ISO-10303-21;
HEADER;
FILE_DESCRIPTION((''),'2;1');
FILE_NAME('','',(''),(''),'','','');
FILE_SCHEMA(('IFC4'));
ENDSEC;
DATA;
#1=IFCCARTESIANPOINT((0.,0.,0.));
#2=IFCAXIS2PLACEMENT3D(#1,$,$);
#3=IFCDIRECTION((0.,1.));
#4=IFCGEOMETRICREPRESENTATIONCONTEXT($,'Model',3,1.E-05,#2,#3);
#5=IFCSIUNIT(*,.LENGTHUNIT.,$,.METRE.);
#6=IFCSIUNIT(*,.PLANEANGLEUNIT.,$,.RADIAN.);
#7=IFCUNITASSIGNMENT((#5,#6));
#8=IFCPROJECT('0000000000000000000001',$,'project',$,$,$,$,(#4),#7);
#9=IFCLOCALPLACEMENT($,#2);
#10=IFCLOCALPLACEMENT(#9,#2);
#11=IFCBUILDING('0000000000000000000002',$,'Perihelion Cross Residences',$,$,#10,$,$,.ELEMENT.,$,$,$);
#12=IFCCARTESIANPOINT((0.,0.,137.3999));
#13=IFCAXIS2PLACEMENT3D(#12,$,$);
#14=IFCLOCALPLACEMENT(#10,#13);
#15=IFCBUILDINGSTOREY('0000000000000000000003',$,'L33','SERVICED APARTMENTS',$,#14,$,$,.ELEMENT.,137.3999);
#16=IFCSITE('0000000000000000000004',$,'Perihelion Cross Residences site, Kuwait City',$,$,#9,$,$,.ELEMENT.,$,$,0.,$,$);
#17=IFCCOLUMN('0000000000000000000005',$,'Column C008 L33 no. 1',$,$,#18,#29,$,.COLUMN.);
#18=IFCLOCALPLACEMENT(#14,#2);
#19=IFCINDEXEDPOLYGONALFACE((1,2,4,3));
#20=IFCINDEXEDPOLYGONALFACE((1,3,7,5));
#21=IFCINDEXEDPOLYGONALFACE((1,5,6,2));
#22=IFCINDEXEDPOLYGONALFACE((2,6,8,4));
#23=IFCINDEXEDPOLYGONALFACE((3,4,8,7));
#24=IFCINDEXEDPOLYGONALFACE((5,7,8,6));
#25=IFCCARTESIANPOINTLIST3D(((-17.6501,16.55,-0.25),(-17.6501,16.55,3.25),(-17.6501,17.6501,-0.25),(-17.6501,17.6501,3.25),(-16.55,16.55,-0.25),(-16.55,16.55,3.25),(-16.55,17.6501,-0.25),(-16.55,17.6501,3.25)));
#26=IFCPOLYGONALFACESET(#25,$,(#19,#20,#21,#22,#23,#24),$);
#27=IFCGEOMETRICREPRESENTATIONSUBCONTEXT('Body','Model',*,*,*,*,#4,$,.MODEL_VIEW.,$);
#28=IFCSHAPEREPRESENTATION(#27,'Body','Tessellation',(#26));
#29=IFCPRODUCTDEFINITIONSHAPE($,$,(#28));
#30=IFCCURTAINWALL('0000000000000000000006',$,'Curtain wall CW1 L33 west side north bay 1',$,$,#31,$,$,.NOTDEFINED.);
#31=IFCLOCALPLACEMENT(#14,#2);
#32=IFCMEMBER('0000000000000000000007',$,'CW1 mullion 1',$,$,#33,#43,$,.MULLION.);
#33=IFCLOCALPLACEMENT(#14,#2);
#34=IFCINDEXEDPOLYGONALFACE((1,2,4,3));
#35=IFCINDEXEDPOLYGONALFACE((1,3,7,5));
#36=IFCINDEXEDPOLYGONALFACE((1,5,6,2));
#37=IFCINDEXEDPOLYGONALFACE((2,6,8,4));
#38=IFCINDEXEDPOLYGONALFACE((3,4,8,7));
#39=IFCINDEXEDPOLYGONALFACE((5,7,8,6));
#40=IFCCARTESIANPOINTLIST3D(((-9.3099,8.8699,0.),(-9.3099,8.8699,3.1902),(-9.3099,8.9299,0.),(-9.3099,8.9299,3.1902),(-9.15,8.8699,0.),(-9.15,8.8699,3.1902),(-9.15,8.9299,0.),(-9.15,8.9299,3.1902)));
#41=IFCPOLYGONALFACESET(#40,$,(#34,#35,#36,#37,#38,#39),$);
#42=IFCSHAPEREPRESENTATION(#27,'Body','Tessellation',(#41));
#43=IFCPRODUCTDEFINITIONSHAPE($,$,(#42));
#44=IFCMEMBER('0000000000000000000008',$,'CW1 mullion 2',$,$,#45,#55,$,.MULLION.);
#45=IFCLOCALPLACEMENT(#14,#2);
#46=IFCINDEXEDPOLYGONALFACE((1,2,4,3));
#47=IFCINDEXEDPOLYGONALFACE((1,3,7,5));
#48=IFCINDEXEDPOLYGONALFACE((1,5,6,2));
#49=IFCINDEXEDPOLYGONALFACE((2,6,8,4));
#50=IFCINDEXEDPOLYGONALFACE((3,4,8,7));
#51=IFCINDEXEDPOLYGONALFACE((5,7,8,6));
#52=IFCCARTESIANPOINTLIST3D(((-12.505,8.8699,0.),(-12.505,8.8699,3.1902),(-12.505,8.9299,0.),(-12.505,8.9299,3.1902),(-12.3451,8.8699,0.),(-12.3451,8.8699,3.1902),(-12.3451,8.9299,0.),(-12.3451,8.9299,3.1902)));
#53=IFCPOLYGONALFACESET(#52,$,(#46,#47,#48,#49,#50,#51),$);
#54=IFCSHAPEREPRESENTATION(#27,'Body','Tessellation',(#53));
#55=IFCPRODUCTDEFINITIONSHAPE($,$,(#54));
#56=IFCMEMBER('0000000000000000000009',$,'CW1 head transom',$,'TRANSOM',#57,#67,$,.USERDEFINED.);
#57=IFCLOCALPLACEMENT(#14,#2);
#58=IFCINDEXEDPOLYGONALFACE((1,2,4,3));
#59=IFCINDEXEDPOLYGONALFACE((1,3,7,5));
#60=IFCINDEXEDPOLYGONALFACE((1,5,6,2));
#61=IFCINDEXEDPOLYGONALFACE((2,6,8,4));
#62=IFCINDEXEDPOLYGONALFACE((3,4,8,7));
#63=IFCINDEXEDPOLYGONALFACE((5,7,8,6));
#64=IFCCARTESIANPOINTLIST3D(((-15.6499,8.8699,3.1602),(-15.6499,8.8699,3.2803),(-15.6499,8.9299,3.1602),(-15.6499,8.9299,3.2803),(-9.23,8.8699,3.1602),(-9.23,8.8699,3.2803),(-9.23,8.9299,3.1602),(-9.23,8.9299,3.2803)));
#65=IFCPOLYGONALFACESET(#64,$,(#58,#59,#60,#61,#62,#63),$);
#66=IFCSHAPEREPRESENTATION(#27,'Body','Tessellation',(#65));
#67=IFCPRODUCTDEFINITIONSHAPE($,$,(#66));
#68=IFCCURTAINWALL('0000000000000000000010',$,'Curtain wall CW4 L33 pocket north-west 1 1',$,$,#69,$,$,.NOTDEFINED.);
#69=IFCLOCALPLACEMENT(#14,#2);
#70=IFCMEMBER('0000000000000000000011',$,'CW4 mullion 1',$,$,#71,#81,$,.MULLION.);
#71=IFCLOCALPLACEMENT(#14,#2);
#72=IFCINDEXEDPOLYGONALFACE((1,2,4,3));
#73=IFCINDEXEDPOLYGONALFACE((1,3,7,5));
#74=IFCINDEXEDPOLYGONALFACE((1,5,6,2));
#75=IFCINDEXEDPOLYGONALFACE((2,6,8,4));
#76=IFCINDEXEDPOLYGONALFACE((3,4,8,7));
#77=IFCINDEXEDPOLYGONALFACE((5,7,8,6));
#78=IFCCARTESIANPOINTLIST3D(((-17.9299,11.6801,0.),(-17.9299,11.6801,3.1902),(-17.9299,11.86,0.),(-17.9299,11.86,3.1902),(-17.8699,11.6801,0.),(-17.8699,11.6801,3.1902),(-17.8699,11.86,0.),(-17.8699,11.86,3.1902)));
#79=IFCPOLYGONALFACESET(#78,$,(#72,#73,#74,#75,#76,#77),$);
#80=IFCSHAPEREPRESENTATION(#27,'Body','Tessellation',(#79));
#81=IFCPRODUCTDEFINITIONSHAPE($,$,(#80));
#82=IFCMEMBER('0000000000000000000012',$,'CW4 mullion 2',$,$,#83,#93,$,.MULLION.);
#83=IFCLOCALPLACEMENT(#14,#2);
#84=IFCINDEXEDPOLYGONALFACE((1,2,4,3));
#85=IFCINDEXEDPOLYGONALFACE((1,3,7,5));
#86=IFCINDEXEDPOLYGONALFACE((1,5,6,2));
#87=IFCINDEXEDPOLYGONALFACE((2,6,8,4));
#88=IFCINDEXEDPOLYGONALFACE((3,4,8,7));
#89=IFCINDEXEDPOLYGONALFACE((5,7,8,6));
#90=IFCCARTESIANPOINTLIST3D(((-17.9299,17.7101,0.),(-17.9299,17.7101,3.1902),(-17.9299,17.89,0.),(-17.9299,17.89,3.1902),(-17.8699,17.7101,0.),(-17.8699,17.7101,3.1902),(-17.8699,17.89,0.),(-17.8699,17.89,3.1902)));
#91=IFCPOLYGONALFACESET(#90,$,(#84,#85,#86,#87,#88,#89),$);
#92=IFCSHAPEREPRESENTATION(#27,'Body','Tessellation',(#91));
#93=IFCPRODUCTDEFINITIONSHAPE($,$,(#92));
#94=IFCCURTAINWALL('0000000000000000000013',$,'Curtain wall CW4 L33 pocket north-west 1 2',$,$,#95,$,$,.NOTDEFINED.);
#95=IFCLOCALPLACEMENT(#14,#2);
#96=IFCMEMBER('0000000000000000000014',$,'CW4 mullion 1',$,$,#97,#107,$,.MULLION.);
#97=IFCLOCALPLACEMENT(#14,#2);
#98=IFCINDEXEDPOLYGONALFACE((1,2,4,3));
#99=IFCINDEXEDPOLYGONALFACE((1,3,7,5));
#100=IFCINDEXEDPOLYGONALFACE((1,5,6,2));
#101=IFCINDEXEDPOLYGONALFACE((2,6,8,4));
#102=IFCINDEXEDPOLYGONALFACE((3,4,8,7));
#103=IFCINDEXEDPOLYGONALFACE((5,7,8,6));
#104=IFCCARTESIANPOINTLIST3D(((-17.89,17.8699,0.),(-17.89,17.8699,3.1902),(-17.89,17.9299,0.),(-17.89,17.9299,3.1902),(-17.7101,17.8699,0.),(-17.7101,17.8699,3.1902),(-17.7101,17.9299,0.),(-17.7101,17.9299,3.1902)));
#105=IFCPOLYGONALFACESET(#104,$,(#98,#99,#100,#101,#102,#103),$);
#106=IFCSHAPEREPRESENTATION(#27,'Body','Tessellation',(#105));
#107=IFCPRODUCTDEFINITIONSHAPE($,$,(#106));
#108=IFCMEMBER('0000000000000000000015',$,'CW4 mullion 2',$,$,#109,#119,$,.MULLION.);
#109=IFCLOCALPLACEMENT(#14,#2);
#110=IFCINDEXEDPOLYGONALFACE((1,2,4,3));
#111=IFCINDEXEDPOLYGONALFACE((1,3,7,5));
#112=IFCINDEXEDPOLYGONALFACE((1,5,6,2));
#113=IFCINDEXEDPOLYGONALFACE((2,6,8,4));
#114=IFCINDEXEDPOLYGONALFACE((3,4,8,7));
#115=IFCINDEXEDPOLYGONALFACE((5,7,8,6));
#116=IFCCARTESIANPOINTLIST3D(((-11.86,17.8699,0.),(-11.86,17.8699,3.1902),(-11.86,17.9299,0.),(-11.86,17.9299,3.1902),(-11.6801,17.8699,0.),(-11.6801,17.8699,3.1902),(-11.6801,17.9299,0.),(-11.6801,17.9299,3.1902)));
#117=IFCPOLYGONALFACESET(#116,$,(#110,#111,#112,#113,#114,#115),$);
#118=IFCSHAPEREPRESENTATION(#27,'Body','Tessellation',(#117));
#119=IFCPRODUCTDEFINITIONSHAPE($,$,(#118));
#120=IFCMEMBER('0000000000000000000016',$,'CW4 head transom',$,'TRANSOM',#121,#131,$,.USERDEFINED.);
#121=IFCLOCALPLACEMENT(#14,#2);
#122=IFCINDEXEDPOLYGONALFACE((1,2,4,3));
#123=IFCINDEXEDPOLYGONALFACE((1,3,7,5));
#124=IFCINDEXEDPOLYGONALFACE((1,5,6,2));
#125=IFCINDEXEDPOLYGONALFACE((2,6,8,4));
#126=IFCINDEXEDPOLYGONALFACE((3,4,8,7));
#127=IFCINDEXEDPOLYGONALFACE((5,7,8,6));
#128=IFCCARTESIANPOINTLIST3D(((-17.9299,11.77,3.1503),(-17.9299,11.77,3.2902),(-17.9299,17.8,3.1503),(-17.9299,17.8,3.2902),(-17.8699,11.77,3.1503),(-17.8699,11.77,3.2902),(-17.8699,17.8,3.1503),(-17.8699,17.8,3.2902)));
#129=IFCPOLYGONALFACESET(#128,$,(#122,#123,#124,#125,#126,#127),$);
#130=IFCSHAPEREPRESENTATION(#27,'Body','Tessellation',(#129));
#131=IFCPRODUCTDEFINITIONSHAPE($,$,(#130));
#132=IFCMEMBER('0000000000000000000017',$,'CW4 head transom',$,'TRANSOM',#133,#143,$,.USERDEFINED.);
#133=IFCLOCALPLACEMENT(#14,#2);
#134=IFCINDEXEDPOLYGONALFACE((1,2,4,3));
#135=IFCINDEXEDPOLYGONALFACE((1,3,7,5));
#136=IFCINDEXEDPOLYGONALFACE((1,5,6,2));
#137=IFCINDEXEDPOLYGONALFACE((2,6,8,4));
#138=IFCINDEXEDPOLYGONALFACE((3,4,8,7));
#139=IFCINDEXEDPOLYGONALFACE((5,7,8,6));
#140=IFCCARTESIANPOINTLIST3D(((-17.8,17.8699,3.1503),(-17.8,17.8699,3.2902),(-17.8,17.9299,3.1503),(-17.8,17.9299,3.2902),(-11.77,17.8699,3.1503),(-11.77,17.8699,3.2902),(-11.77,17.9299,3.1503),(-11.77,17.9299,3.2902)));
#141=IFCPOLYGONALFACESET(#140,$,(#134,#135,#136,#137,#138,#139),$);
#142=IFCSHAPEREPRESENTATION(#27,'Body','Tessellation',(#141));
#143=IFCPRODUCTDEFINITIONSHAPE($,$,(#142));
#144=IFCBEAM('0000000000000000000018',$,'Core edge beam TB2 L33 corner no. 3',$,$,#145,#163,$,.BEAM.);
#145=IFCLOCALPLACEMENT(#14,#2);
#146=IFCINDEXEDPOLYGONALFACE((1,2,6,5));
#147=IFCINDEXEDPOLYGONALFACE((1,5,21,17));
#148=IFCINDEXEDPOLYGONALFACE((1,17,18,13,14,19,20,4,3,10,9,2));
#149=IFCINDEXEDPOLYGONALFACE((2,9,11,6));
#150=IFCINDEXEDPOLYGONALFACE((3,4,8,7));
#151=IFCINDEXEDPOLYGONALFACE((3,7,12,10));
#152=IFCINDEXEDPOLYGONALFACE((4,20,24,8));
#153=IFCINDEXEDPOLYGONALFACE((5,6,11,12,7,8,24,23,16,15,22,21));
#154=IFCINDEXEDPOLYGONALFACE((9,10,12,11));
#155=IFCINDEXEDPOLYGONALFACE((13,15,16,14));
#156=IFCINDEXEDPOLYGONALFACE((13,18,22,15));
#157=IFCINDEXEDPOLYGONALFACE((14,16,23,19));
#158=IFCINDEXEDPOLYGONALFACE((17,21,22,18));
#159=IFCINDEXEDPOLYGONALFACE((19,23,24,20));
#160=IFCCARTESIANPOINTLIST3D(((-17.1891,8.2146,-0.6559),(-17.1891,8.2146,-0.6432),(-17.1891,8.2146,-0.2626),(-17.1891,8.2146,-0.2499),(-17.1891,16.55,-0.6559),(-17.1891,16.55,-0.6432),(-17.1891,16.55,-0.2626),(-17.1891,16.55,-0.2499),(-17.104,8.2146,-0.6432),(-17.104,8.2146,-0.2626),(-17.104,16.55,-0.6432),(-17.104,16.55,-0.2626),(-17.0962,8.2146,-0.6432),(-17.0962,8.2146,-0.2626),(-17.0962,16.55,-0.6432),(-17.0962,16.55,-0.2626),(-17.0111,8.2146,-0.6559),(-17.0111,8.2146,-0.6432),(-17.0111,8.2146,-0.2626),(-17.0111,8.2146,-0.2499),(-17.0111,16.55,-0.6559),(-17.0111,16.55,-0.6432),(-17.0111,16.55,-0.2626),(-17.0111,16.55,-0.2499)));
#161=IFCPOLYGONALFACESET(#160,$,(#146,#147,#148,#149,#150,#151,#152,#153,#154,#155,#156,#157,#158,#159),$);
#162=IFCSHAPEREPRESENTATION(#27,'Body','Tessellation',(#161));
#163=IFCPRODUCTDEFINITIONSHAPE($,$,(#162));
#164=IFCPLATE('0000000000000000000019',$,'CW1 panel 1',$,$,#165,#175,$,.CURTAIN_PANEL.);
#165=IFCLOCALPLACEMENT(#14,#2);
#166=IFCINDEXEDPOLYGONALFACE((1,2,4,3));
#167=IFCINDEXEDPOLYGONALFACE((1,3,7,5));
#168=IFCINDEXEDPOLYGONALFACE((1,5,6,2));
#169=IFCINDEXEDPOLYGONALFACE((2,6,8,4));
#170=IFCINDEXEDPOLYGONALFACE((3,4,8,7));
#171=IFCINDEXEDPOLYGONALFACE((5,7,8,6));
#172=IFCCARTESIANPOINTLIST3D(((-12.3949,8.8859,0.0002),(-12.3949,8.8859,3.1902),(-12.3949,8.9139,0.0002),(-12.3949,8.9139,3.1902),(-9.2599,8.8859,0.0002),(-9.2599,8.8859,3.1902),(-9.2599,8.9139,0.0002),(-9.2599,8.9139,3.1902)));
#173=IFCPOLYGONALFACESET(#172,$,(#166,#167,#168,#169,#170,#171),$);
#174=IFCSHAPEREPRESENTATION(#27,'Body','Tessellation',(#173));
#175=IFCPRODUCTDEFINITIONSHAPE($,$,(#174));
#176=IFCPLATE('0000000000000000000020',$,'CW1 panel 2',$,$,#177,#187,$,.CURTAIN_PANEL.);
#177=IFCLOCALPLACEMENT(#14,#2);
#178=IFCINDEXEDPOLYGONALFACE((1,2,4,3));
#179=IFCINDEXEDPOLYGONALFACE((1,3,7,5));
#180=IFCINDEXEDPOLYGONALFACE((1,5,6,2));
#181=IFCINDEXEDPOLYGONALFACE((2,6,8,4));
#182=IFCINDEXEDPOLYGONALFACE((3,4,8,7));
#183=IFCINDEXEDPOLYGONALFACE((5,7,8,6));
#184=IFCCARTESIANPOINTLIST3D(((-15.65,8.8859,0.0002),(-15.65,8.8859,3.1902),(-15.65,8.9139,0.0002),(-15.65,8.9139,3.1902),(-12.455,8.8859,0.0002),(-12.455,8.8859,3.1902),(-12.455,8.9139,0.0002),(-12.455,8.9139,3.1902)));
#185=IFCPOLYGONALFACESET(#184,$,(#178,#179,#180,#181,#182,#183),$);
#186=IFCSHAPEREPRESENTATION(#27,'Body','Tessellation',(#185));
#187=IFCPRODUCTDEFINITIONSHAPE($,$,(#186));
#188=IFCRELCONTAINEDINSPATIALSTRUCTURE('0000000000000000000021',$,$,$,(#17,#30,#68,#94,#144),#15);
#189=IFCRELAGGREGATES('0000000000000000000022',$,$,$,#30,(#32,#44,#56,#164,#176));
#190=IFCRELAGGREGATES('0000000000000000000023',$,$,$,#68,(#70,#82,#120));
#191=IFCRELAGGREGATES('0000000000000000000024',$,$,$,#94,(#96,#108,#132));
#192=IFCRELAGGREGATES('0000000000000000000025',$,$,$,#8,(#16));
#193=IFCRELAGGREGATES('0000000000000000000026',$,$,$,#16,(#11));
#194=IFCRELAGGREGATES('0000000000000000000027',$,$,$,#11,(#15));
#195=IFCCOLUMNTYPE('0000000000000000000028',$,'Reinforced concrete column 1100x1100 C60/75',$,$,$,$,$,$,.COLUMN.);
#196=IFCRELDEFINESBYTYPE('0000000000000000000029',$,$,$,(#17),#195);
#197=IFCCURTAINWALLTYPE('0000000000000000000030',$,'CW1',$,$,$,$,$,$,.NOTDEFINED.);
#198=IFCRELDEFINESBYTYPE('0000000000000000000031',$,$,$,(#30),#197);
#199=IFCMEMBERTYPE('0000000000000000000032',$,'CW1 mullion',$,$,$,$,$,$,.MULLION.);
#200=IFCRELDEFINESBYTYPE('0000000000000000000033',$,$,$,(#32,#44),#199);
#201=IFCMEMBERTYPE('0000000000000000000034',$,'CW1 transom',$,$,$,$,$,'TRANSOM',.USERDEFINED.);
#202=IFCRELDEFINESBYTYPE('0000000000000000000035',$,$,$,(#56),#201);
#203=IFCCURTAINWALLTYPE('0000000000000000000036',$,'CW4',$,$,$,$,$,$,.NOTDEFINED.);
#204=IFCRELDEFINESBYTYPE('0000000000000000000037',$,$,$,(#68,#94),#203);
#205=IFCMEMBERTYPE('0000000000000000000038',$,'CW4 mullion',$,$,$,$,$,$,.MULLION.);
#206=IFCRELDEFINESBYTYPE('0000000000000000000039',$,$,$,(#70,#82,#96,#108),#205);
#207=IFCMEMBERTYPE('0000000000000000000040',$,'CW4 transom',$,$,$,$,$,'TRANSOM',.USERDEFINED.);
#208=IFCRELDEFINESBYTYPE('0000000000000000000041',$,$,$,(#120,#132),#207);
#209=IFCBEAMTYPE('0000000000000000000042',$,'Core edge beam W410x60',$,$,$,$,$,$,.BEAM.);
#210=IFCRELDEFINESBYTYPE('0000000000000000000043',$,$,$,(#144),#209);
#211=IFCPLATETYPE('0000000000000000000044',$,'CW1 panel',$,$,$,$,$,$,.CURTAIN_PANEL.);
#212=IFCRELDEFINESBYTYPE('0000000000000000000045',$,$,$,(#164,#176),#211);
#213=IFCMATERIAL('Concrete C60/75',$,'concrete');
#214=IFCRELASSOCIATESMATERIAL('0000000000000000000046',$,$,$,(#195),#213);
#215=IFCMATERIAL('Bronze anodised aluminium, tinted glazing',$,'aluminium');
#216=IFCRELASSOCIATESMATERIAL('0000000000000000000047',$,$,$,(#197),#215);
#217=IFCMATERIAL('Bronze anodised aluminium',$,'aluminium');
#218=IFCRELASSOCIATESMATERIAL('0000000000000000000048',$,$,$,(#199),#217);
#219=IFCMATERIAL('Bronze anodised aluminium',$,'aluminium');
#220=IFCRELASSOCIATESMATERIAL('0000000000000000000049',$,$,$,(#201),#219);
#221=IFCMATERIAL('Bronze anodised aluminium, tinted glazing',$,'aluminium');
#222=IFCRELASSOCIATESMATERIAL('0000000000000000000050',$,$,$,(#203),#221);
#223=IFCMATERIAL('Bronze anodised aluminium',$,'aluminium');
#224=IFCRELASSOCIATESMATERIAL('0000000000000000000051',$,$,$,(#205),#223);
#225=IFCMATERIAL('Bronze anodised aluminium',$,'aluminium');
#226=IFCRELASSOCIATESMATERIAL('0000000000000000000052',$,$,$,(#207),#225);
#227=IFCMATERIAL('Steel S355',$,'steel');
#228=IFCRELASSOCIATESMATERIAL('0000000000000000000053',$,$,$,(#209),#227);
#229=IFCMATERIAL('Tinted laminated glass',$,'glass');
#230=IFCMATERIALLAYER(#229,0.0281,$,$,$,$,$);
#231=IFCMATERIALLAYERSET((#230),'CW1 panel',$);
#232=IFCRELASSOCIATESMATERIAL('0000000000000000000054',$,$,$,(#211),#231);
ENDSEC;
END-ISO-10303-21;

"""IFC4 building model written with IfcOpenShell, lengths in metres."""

from ifc_helpers import new_model, si_unit, direction, frame, origin, origin_2d, place, context, subcontext, project, spatial, rectangle, i_section, extrude, material, layer, layer_set, material_profile, profile_set, type_object, element, aggregate, save


model = new_model("IFC4")

# Units and contexts
model_context = context("Model", 3, precision=1e-05, world=origin(), true_north=direction((0.0, 1.0)))
body_context = subcontext(model_context, "Body", "Model", "MODEL_VIEW")
ifc_project = project(units=[si_unit("LENGTHUNIT", "METRE"), si_unit("PLANEANGLEUNIT", "RADIAN")], contexts=[model_context])

# Site, building, storey
site_placement = place(None, origin())
site = spatial("IfcSite", under=ifc_project, at=site_placement, Name="Perihelion Cross Residences site, Kuwait City", CompositionType="ELEMENT", RefElevation=0.0)
building_placement = place(site_placement, origin())
building = spatial("IfcBuilding", under=site, at=building_placement, Name="Perihelion Cross Residences", CompositionType="ELEMENT")
storey_placement = place(building_placement, frame((0.0, 0.0, 137.3999)))
storey = spatial("IfcBuildingStorey", under=building, at=storey_placement, Name="L33", Description="SERVICED APARTMENTS", CompositionType="ELEMENT", Elevation=137.3999)

# Column
ifc_material_1 = material(Name="Concrete C60/75", Category="concrete")
ifc_material_profile_1 = material_profile(ifc_material_1, rectangle(XDim=1.1001, YDim=1.1001, at=origin_2d()), Name="RC 1100x1100")
ifc_profile_set_1 = profile_set([ifc_material_profile_1], Name="Concrete C60/75")
column_type = type_object("IfcColumnType", Name="Reinforced concrete column 1100x1100 C60/75", PredefinedType="COLUMN", material=ifc_profile_set_1)
column_placement = place(storey_placement, frame((-17.1001, 17.1001, -0.25), z_axis=(0.0, 0.0, 1.0), x_axis=(1.0, 0.0, 0.0)))
element("IfcColumn", 1, at=column_placement, inside=storey, type_object=column_type, Name="Column C008 L33 no. 1", PredefinedType="COLUMN", context=body_context, shape_type="SweptSolid", body=[
    extrude(rectangle(XDim=1.1001, YDim=1.1001, at=origin_2d()), origin(), (0.0, 0.0, 1.0), 3.5),
])

# Curtain walls, members
ifc_material_2 = material(Name="Bronze anodised aluminium, tinted glazing", Category="aluminium")
curtain_wall_type_1 = type_object("IfcCurtainWallType", Name="CW1", PredefinedType="NOTDEFINED", material=ifc_material_2)
curtain_wall_1_placement = place(storey_placement, origin())
curtain_wall_1 = element("IfcCurtainWall", 2, at=curtain_wall_1_placement, inside=storey, type_object=curtain_wall_type_1, Name="Curtain wall CW1 L33 west side north bay 1", PredefinedType="NOTDEFINED")
ifc_material_3 = material(Name="Bronze anodised aluminium", Category="aluminium")
ifc_material_profile_2 = material_profile(ifc_material_3, rectangle(XDim=0.0601, YDim=0.1599, at=origin_2d()), Name="CW1 mullion")
ifc_profile_set_2 = profile_set([ifc_material_profile_2], Name="Bronze anodised aluminium")
member_type_1 = type_object("IfcMemberType", Name="CW1 mullion", PredefinedType="MULLION", material=ifc_profile_set_2)
member_1_placement = place(storey_placement, frame((-9.23, 8.8999, 0.0), z_axis=(0.0, 0.0, 1.0), x_axis=(0.0, -1.0, 0.0)))
member_1 = element("IfcMember", 3, at=member_1_placement, type_object=member_type_1, Name="CW1 mullion 1", PredefinedType="MULLION", context=body_context, shape_type="SweptSolid", body=[
    extrude(rectangle(XDim=0.0601, YDim=0.1599, at=origin_2d()), origin(), (0.0, 0.0, 1.0), 3.1902),
])
member_2_placement = place(storey_placement, frame((-12.425, 8.8999, 0.0), z_axis=(0.0, 0.0, 1.0), x_axis=(0.0, -1.0, 0.0)))
member_2 = element("IfcMember", 4, at=member_2_placement, type_object=member_type_1, Name="CW1 mullion 2", PredefinedType="MULLION", context=body_context, shape_type="SweptSolid", body=[
    extrude(rectangle(XDim=0.0601, YDim=0.1599, at=origin_2d()), origin(), (0.0, 0.0, 1.0), 3.1902),
])
ifc_material_4 = material(Name="Bronze anodised aluminium", Category="aluminium")
ifc_material_profile_3 = material_profile(ifc_material_4, rectangle(XDim=0.0601, YDim=0.1201, at=origin_2d()), Name="CW1 transom")
ifc_profile_set_3 = profile_set([ifc_material_profile_3], Name="Bronze anodised aluminium")
member_type_2 = type_object("IfcMemberType", Name="CW1 transom", ElementType="TRANSOM", PredefinedType="USERDEFINED", material=ifc_profile_set_3)
member_3_placement = place(storey_placement, frame((-9.23, 8.8999, 3.2202), z_axis=(-1.0, 0.0, 0.0), x_axis=(0.0, -1.0, 0.0)))
member_3 = element("IfcMember", 5, at=member_3_placement, type_object=member_type_2, Name="CW1 head transom", ObjectType="TRANSOM", PredefinedType="USERDEFINED", context=body_context, shape_type="SweptSolid", body=[
    extrude(rectangle(XDim=0.0601, YDim=0.1201, at=origin_2d()), origin(), (0.0, 0.0, 1.0), 6.4199),
])
ifc_material_5 = material(Name="Bronze anodised aluminium, tinted glazing", Category="aluminium")
curtain_wall_type_2 = type_object("IfcCurtainWallType", Name="CW4", PredefinedType="NOTDEFINED", material=ifc_material_5)
curtain_wall_2_placement = place(storey_placement, origin())
curtain_wall_2 = element("IfcCurtainWall", 6, at=curtain_wall_2_placement, inside=storey, type_object=curtain_wall_type_2, Name="Curtain wall CW4 L33 pocket north-west 1 1", PredefinedType="NOTDEFINED")
ifc_material_6 = material(Name="Bronze anodised aluminium", Category="aluminium")
ifc_material_profile_4 = material_profile(ifc_material_6, rectangle(XDim=0.0601, YDim=0.1799, at=origin_2d()), Name="CW4 mullion")
ifc_profile_set_4 = profile_set([ifc_material_profile_4], Name="Bronze anodised aluminium")
member_type_3 = type_object("IfcMemberType", Name="CW4 mullion", PredefinedType="MULLION", material=ifc_profile_set_4)
member_4_placement = place(storey_placement, frame((-17.8999, 11.77, 0.0), z_axis=(0.0, 0.0, 1.0), x_axis=(-1.0, 0.0, 0.0)))
member_4 = element("IfcMember", 7, at=member_4_placement, type_object=member_type_3, Name="CW4 mullion 1", PredefinedType="MULLION", context=body_context, shape_type="SweptSolid", body=[
    extrude(rectangle(XDim=0.0601, YDim=0.1799, at=origin_2d()), origin(), (0.0, 0.0, 1.0), 3.1902),
])
member_5_placement = place(storey_placement, frame((-17.8999, 17.8, 0.0), z_axis=(0.0, 0.0, 1.0), x_axis=(-1.0, 0.0, 0.0)))
member_5 = element("IfcMember", 8, at=member_5_placement, type_object=member_type_3, Name="CW4 mullion 2", PredefinedType="MULLION", context=body_context, shape_type="SweptSolid", body=[
    extrude(rectangle(XDim=0.0601, YDim=0.1799, at=origin_2d()), origin(), (0.0, 0.0, 1.0), 3.1902),
])
curtain_wall_3_placement = place(storey_placement, origin())
curtain_wall_3 = element("IfcCurtainWall", 9, at=curtain_wall_3_placement, inside=storey, type_object=curtain_wall_type_2, Name="Curtain wall CW4 L33 pocket north-west 1 2", PredefinedType="NOTDEFINED")
member_6_placement = place(storey_placement, frame((-17.8, 17.8999, 0.0), z_axis=(0.0, 0.0, 1.0), x_axis=(0.0, 1.0, 0.0)))
member_6 = element("IfcMember", 10, at=member_6_placement, type_object=member_type_3, Name="CW4 mullion 1", PredefinedType="MULLION", context=body_context, shape_type="SweptSolid", body=[
    extrude(rectangle(XDim=0.0601, YDim=0.1799, at=origin_2d()), origin(), (0.0, 0.0, 1.0), 3.1902),
])
member_7_placement = place(storey_placement, frame((-11.77, 17.8999, 0.0), z_axis=(0.0, 0.0, 1.0), x_axis=(0.0, 1.0, 0.0)))
member_7 = element("IfcMember", 11, at=member_7_placement, type_object=member_type_3, Name="CW4 mullion 2", PredefinedType="MULLION", context=body_context, shape_type="SweptSolid", body=[
    extrude(rectangle(XDim=0.0601, YDim=0.1799, at=origin_2d()), origin(), (0.0, 0.0, 1.0), 3.1902),
])

# Members
ifc_material_7 = material(Name="Bronze anodised aluminium", Category="aluminium")
ifc_material_profile_5 = material_profile(ifc_material_7, rectangle(XDim=0.0601, YDim=0.1399, at=origin_2d()), Name="CW4 transom")
ifc_profile_set_5 = profile_set([ifc_material_profile_5], Name="Bronze anodised aluminium")
member_type_4 = type_object("IfcMemberType", Name="CW4 transom", ElementType="TRANSOM", PredefinedType="USERDEFINED", material=ifc_profile_set_5)
member_8_placement = place(storey_placement, frame((-17.8999, 11.77, 3.2202), z_axis=(0.0, 1.0, 0.0), x_axis=(-1.0, 0.0, 0.0)))
member_8 = element("IfcMember", 12, at=member_8_placement, type_object=member_type_4, Name="CW4 head transom", ObjectType="TRANSOM", PredefinedType="USERDEFINED", context=body_context, shape_type="SweptSolid", body=[
    extrude(rectangle(XDim=0.0601, YDim=0.1399, at=origin_2d()), origin(), (0.0, 0.0, 1.0), 6.03),
])
member_9_placement = place(storey_placement, frame((-17.8, 17.8999, 3.2202), z_axis=(1.0, 0.0, 0.0), x_axis=(0.0, 1.0, 0.0)))
member_9 = element("IfcMember", 13, at=member_9_placement, type_object=member_type_4, Name="CW4 head transom", ObjectType="TRANSOM", PredefinedType="USERDEFINED", context=body_context, shape_type="SweptSolid", body=[
    extrude(rectangle(XDim=0.0601, YDim=0.1399, at=origin_2d()), origin(), (0.0, 0.0, 1.0), 6.03),
])

# Beam
ifc_material_8 = material(Name="Steel S355", Category="steel")
ifc_material_profile_6 = material_profile(ifc_material_8, i_section(OverallWidth=0.178, OverallDepth=0.406, WebThickness=0.0078, FlangeThickness=0.0127, at=origin_2d()), Name="W410x60")
ifc_profile_set_6 = profile_set([ifc_material_profile_6], Name="Steel S355")
beam_type = type_object("IfcBeamType", Name="Core edge beam W410x60", PredefinedType="BEAM", material=ifc_profile_set_6)
beam_placement = place(storey_placement, frame((-17.1001, 8.2146, -0.4529), z_axis=(0.0, 1.0, 0.0), x_axis=(-1.0, 0.0, 0.0)))
element("IfcBeam", 14, at=beam_placement, inside=storey, type_object=beam_type, Name="Core edge beam TB2 L33 corner no. 3", PredefinedType="BEAM", context=body_context, shape_type="SweptSolid", body=[
    extrude(i_section(OverallWidth=0.178, OverallDepth=0.406, WebThickness=0.0078, FlangeThickness=0.0127, at=origin_2d()), origin(), (0.0, 0.0, 1.0), 8.3354),
])

# Plates
ifc_material_9 = material(Name="Tinted laminated glass", Category="glass")
ifc_layer_1 = layer(ifc_material_9, 0.0281)
ifc_layer_set_1 = layer_set([ifc_layer_1], Name="CW1 panel")
plate_type_1 = type_object("IfcPlateType", Name="CW1 panel", PredefinedType="CURTAIN_PANEL", material=ifc_layer_set_1)
plate_1_placement = place(storey_placement, frame((-10.8274, 8.8999, 0.0002), z_axis=(0.0, 0.0, 1.0), x_axis=(-1.0, 0.0, 0.0)))
plate_1 = element("IfcPlate", 15, at=plate_1_placement, type_object=plate_type_1, Name="CW1 panel 1", PredefinedType="CURTAIN_PANEL", context=body_context, shape_type="SweptSolid", body=[
    extrude(rectangle(XDim=3.135, YDim=0.0281, at=origin_2d()), origin(), (0.0, 0.0, 1.0), 3.1899),
])
plate_2_placement = place(storey_placement, frame((-14.0525, 8.8999, 0.0002), z_axis=(0.0, 0.0, 1.0), x_axis=(-1.0, 0.0, 0.0)))
plate_2 = element("IfcPlate", 16, at=plate_2_placement, type_object=plate_type_1, Name="CW1 panel 2", PredefinedType="CURTAIN_PANEL", context=body_context, shape_type="SweptSolid", body=[
    extrude(rectangle(XDim=3.1951, YDim=0.0281, at=origin_2d()), origin(), (0.0, 0.0, 1.0), 3.1899),
])
aggregate(curtain_wall_1, [member_1, member_2, member_3, plate_1, plate_2])
aggregate(curtain_wall_2, [member_4, member_5, member_8])
aggregate(curtain_wall_3, [member_6, member_7, member_9])

save(model, "model.ifc")
